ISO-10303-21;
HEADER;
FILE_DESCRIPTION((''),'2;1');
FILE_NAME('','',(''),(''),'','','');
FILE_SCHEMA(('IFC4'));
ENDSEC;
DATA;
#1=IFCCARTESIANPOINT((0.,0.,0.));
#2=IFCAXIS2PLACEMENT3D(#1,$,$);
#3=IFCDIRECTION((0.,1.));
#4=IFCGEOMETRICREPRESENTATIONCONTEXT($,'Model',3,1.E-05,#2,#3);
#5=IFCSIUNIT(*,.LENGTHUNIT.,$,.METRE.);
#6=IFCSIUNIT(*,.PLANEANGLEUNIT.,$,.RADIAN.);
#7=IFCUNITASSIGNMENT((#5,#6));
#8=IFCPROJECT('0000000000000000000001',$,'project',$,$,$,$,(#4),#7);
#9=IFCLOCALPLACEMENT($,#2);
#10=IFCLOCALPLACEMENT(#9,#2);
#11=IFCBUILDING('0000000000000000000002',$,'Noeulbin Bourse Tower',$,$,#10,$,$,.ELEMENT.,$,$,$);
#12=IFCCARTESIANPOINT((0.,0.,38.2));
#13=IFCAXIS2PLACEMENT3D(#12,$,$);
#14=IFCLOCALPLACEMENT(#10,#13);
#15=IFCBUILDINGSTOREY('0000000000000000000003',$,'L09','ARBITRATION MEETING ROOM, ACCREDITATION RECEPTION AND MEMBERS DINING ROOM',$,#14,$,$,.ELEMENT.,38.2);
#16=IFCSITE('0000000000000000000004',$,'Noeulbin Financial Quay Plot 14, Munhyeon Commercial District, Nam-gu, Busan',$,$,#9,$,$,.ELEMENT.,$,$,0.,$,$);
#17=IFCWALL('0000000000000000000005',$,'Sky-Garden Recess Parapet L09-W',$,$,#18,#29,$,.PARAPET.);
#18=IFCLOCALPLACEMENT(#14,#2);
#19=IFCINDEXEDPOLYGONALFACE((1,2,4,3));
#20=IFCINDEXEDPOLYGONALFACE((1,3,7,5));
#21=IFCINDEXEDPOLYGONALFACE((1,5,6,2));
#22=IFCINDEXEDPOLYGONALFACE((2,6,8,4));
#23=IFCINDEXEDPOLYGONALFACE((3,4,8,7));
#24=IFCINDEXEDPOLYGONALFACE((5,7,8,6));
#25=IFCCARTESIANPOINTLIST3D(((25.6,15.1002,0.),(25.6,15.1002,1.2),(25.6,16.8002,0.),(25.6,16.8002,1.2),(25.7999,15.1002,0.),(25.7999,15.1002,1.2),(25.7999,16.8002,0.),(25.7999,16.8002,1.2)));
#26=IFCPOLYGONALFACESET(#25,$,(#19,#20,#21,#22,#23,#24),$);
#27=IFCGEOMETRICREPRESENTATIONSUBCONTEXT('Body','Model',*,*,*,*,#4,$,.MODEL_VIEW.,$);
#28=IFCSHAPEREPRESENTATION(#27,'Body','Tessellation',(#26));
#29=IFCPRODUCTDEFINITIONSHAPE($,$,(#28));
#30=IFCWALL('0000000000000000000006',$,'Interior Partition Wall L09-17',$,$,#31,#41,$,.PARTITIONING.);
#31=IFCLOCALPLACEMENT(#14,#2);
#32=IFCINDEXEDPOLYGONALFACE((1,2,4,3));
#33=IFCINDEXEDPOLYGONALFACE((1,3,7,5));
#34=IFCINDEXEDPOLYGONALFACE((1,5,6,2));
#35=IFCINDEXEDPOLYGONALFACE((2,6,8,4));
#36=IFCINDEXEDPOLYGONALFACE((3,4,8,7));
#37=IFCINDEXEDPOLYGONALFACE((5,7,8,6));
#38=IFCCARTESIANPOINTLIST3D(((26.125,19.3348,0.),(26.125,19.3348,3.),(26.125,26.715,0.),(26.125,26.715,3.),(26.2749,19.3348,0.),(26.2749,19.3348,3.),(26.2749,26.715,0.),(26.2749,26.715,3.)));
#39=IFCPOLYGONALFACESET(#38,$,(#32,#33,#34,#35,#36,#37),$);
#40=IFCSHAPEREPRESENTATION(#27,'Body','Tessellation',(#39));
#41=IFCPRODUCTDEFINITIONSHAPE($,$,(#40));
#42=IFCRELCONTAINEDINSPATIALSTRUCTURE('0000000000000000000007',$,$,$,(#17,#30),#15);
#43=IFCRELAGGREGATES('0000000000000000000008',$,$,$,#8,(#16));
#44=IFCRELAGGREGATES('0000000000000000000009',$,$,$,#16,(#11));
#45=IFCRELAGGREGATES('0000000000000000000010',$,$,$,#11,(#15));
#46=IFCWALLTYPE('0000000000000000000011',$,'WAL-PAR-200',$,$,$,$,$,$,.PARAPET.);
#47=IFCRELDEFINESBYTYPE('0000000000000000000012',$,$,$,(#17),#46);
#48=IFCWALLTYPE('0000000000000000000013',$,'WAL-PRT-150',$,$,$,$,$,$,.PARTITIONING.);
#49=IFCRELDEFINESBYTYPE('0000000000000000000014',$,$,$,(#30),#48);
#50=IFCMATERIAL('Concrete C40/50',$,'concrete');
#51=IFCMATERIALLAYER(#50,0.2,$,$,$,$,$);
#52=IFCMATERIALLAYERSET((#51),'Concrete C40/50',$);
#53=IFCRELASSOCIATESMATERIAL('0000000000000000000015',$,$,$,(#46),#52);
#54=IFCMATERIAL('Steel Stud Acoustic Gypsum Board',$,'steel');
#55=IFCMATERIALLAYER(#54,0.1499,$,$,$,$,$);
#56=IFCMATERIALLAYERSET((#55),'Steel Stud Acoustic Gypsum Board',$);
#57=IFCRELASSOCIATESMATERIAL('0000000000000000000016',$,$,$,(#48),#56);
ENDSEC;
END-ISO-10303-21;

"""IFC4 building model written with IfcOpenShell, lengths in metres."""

from ifc_helpers import new_model, si_unit, direction, frame, frame_2d, origin, place, context, subcontext, project, spatial, rectangle, extrude, material, layer, layer_set, type_object, element, save


model = new_model("IFC4")

# Units and contexts
model_context = context("Model", 3, precision=1e-05, world=origin(), true_north=direction((0.0, 1.0)))
body_context = subcontext(model_context, "Body", "Model", "MODEL_VIEW")
ifc_project = project(units=[si_unit("LENGTHUNIT", "METRE"), si_unit("PLANEANGLEUNIT", "RADIAN")], contexts=[model_context])

# Site, building, storey
site_placement = place(None, origin())
site = spatial("IfcSite", under=ifc_project, at=site_placement, Name="Noeulbin Financial Quay Plot 14, Munhyeon Commercial District, Nam-gu, Busan", CompositionType="ELEMENT", RefElevation=0.0)
building_placement = place(site_placement, origin())
building = spatial("IfcBuilding", under=site, at=building_placement, Name="Noeulbin Bourse Tower", CompositionType="ELEMENT")
storey_placement = place(building_placement, frame((0.0, 0.0, 38.2)))
storey = spatial("IfcBuildingStorey", under=building, at=storey_placement, Name="L09", Description="ARBITRATION MEETING ROOM, ACCREDITATION RECEPTION AND MEMBERS DINING ROOM", CompositionType="ELEMENT", Elevation=38.2)

# Walls
ifc_material_1 = material(Name="Concrete C40/50", Category="concrete")
ifc_layer_1 = layer(ifc_material_1, 0.2)
ifc_layer_set_1 = layer_set([ifc_layer_1], Name="Concrete C40/50")
wall_type_1 = type_object("IfcWallType", Name="WAL-PAR-200", PredefinedType="PARAPET", material=ifc_layer_set_1)
wall_1_placement = place(storey_placement, frame((25.7, 15.1001, 0.0), z_axis=(0.0, 0.0, 1.0), x_axis=(0.0, 1.0, 0.0)))
element("IfcWall", 1, at=wall_1_placement, inside=storey, type_object=wall_type_1, Name="Sky-Garden Recess Parapet L09-W", PredefinedType="PARAPET", context=body_context, shape_type="SweptSolid", body=[
    extrude(rectangle(XDim=1.7, YDim=0.2, at=frame_2d((0.8501, 0.0))), origin(), (0.0, 0.0, 1.0), 1.2),
])
ifc_material_2 = material(Name="Steel Stud Acoustic Gypsum Board", Category="steel")
ifc_layer_2 = layer(ifc_material_2, 0.1499)
ifc_layer_set_2 = layer_set([ifc_layer_2], Name="Steel Stud Acoustic Gypsum Board")
wall_type_2 = type_object("IfcWallType", Name="WAL-PRT-150", PredefinedType="PARTITIONING", material=ifc_layer_set_2)
wall_2_placement = place(storey_placement, frame((26.2, 19.335, 0.0), z_axis=(0.0, 0.0, 1.0), x_axis=(0.0, 1.0, 0.0)))
element("IfcWall", 2, at=wall_2_placement, inside=storey, type_object=wall_type_2, Name="Interior Partition Wall L09-17", PredefinedType="PARTITIONING", context=body_context, shape_type="SweptSolid", body=[
    extrude(rectangle(XDim=7.3801, YDim=0.1499, at=frame_2d((3.6899, 0.0))), origin(), (0.0, 0.0, 1.0), 3.0),
])

save(model, "model.ifc")
